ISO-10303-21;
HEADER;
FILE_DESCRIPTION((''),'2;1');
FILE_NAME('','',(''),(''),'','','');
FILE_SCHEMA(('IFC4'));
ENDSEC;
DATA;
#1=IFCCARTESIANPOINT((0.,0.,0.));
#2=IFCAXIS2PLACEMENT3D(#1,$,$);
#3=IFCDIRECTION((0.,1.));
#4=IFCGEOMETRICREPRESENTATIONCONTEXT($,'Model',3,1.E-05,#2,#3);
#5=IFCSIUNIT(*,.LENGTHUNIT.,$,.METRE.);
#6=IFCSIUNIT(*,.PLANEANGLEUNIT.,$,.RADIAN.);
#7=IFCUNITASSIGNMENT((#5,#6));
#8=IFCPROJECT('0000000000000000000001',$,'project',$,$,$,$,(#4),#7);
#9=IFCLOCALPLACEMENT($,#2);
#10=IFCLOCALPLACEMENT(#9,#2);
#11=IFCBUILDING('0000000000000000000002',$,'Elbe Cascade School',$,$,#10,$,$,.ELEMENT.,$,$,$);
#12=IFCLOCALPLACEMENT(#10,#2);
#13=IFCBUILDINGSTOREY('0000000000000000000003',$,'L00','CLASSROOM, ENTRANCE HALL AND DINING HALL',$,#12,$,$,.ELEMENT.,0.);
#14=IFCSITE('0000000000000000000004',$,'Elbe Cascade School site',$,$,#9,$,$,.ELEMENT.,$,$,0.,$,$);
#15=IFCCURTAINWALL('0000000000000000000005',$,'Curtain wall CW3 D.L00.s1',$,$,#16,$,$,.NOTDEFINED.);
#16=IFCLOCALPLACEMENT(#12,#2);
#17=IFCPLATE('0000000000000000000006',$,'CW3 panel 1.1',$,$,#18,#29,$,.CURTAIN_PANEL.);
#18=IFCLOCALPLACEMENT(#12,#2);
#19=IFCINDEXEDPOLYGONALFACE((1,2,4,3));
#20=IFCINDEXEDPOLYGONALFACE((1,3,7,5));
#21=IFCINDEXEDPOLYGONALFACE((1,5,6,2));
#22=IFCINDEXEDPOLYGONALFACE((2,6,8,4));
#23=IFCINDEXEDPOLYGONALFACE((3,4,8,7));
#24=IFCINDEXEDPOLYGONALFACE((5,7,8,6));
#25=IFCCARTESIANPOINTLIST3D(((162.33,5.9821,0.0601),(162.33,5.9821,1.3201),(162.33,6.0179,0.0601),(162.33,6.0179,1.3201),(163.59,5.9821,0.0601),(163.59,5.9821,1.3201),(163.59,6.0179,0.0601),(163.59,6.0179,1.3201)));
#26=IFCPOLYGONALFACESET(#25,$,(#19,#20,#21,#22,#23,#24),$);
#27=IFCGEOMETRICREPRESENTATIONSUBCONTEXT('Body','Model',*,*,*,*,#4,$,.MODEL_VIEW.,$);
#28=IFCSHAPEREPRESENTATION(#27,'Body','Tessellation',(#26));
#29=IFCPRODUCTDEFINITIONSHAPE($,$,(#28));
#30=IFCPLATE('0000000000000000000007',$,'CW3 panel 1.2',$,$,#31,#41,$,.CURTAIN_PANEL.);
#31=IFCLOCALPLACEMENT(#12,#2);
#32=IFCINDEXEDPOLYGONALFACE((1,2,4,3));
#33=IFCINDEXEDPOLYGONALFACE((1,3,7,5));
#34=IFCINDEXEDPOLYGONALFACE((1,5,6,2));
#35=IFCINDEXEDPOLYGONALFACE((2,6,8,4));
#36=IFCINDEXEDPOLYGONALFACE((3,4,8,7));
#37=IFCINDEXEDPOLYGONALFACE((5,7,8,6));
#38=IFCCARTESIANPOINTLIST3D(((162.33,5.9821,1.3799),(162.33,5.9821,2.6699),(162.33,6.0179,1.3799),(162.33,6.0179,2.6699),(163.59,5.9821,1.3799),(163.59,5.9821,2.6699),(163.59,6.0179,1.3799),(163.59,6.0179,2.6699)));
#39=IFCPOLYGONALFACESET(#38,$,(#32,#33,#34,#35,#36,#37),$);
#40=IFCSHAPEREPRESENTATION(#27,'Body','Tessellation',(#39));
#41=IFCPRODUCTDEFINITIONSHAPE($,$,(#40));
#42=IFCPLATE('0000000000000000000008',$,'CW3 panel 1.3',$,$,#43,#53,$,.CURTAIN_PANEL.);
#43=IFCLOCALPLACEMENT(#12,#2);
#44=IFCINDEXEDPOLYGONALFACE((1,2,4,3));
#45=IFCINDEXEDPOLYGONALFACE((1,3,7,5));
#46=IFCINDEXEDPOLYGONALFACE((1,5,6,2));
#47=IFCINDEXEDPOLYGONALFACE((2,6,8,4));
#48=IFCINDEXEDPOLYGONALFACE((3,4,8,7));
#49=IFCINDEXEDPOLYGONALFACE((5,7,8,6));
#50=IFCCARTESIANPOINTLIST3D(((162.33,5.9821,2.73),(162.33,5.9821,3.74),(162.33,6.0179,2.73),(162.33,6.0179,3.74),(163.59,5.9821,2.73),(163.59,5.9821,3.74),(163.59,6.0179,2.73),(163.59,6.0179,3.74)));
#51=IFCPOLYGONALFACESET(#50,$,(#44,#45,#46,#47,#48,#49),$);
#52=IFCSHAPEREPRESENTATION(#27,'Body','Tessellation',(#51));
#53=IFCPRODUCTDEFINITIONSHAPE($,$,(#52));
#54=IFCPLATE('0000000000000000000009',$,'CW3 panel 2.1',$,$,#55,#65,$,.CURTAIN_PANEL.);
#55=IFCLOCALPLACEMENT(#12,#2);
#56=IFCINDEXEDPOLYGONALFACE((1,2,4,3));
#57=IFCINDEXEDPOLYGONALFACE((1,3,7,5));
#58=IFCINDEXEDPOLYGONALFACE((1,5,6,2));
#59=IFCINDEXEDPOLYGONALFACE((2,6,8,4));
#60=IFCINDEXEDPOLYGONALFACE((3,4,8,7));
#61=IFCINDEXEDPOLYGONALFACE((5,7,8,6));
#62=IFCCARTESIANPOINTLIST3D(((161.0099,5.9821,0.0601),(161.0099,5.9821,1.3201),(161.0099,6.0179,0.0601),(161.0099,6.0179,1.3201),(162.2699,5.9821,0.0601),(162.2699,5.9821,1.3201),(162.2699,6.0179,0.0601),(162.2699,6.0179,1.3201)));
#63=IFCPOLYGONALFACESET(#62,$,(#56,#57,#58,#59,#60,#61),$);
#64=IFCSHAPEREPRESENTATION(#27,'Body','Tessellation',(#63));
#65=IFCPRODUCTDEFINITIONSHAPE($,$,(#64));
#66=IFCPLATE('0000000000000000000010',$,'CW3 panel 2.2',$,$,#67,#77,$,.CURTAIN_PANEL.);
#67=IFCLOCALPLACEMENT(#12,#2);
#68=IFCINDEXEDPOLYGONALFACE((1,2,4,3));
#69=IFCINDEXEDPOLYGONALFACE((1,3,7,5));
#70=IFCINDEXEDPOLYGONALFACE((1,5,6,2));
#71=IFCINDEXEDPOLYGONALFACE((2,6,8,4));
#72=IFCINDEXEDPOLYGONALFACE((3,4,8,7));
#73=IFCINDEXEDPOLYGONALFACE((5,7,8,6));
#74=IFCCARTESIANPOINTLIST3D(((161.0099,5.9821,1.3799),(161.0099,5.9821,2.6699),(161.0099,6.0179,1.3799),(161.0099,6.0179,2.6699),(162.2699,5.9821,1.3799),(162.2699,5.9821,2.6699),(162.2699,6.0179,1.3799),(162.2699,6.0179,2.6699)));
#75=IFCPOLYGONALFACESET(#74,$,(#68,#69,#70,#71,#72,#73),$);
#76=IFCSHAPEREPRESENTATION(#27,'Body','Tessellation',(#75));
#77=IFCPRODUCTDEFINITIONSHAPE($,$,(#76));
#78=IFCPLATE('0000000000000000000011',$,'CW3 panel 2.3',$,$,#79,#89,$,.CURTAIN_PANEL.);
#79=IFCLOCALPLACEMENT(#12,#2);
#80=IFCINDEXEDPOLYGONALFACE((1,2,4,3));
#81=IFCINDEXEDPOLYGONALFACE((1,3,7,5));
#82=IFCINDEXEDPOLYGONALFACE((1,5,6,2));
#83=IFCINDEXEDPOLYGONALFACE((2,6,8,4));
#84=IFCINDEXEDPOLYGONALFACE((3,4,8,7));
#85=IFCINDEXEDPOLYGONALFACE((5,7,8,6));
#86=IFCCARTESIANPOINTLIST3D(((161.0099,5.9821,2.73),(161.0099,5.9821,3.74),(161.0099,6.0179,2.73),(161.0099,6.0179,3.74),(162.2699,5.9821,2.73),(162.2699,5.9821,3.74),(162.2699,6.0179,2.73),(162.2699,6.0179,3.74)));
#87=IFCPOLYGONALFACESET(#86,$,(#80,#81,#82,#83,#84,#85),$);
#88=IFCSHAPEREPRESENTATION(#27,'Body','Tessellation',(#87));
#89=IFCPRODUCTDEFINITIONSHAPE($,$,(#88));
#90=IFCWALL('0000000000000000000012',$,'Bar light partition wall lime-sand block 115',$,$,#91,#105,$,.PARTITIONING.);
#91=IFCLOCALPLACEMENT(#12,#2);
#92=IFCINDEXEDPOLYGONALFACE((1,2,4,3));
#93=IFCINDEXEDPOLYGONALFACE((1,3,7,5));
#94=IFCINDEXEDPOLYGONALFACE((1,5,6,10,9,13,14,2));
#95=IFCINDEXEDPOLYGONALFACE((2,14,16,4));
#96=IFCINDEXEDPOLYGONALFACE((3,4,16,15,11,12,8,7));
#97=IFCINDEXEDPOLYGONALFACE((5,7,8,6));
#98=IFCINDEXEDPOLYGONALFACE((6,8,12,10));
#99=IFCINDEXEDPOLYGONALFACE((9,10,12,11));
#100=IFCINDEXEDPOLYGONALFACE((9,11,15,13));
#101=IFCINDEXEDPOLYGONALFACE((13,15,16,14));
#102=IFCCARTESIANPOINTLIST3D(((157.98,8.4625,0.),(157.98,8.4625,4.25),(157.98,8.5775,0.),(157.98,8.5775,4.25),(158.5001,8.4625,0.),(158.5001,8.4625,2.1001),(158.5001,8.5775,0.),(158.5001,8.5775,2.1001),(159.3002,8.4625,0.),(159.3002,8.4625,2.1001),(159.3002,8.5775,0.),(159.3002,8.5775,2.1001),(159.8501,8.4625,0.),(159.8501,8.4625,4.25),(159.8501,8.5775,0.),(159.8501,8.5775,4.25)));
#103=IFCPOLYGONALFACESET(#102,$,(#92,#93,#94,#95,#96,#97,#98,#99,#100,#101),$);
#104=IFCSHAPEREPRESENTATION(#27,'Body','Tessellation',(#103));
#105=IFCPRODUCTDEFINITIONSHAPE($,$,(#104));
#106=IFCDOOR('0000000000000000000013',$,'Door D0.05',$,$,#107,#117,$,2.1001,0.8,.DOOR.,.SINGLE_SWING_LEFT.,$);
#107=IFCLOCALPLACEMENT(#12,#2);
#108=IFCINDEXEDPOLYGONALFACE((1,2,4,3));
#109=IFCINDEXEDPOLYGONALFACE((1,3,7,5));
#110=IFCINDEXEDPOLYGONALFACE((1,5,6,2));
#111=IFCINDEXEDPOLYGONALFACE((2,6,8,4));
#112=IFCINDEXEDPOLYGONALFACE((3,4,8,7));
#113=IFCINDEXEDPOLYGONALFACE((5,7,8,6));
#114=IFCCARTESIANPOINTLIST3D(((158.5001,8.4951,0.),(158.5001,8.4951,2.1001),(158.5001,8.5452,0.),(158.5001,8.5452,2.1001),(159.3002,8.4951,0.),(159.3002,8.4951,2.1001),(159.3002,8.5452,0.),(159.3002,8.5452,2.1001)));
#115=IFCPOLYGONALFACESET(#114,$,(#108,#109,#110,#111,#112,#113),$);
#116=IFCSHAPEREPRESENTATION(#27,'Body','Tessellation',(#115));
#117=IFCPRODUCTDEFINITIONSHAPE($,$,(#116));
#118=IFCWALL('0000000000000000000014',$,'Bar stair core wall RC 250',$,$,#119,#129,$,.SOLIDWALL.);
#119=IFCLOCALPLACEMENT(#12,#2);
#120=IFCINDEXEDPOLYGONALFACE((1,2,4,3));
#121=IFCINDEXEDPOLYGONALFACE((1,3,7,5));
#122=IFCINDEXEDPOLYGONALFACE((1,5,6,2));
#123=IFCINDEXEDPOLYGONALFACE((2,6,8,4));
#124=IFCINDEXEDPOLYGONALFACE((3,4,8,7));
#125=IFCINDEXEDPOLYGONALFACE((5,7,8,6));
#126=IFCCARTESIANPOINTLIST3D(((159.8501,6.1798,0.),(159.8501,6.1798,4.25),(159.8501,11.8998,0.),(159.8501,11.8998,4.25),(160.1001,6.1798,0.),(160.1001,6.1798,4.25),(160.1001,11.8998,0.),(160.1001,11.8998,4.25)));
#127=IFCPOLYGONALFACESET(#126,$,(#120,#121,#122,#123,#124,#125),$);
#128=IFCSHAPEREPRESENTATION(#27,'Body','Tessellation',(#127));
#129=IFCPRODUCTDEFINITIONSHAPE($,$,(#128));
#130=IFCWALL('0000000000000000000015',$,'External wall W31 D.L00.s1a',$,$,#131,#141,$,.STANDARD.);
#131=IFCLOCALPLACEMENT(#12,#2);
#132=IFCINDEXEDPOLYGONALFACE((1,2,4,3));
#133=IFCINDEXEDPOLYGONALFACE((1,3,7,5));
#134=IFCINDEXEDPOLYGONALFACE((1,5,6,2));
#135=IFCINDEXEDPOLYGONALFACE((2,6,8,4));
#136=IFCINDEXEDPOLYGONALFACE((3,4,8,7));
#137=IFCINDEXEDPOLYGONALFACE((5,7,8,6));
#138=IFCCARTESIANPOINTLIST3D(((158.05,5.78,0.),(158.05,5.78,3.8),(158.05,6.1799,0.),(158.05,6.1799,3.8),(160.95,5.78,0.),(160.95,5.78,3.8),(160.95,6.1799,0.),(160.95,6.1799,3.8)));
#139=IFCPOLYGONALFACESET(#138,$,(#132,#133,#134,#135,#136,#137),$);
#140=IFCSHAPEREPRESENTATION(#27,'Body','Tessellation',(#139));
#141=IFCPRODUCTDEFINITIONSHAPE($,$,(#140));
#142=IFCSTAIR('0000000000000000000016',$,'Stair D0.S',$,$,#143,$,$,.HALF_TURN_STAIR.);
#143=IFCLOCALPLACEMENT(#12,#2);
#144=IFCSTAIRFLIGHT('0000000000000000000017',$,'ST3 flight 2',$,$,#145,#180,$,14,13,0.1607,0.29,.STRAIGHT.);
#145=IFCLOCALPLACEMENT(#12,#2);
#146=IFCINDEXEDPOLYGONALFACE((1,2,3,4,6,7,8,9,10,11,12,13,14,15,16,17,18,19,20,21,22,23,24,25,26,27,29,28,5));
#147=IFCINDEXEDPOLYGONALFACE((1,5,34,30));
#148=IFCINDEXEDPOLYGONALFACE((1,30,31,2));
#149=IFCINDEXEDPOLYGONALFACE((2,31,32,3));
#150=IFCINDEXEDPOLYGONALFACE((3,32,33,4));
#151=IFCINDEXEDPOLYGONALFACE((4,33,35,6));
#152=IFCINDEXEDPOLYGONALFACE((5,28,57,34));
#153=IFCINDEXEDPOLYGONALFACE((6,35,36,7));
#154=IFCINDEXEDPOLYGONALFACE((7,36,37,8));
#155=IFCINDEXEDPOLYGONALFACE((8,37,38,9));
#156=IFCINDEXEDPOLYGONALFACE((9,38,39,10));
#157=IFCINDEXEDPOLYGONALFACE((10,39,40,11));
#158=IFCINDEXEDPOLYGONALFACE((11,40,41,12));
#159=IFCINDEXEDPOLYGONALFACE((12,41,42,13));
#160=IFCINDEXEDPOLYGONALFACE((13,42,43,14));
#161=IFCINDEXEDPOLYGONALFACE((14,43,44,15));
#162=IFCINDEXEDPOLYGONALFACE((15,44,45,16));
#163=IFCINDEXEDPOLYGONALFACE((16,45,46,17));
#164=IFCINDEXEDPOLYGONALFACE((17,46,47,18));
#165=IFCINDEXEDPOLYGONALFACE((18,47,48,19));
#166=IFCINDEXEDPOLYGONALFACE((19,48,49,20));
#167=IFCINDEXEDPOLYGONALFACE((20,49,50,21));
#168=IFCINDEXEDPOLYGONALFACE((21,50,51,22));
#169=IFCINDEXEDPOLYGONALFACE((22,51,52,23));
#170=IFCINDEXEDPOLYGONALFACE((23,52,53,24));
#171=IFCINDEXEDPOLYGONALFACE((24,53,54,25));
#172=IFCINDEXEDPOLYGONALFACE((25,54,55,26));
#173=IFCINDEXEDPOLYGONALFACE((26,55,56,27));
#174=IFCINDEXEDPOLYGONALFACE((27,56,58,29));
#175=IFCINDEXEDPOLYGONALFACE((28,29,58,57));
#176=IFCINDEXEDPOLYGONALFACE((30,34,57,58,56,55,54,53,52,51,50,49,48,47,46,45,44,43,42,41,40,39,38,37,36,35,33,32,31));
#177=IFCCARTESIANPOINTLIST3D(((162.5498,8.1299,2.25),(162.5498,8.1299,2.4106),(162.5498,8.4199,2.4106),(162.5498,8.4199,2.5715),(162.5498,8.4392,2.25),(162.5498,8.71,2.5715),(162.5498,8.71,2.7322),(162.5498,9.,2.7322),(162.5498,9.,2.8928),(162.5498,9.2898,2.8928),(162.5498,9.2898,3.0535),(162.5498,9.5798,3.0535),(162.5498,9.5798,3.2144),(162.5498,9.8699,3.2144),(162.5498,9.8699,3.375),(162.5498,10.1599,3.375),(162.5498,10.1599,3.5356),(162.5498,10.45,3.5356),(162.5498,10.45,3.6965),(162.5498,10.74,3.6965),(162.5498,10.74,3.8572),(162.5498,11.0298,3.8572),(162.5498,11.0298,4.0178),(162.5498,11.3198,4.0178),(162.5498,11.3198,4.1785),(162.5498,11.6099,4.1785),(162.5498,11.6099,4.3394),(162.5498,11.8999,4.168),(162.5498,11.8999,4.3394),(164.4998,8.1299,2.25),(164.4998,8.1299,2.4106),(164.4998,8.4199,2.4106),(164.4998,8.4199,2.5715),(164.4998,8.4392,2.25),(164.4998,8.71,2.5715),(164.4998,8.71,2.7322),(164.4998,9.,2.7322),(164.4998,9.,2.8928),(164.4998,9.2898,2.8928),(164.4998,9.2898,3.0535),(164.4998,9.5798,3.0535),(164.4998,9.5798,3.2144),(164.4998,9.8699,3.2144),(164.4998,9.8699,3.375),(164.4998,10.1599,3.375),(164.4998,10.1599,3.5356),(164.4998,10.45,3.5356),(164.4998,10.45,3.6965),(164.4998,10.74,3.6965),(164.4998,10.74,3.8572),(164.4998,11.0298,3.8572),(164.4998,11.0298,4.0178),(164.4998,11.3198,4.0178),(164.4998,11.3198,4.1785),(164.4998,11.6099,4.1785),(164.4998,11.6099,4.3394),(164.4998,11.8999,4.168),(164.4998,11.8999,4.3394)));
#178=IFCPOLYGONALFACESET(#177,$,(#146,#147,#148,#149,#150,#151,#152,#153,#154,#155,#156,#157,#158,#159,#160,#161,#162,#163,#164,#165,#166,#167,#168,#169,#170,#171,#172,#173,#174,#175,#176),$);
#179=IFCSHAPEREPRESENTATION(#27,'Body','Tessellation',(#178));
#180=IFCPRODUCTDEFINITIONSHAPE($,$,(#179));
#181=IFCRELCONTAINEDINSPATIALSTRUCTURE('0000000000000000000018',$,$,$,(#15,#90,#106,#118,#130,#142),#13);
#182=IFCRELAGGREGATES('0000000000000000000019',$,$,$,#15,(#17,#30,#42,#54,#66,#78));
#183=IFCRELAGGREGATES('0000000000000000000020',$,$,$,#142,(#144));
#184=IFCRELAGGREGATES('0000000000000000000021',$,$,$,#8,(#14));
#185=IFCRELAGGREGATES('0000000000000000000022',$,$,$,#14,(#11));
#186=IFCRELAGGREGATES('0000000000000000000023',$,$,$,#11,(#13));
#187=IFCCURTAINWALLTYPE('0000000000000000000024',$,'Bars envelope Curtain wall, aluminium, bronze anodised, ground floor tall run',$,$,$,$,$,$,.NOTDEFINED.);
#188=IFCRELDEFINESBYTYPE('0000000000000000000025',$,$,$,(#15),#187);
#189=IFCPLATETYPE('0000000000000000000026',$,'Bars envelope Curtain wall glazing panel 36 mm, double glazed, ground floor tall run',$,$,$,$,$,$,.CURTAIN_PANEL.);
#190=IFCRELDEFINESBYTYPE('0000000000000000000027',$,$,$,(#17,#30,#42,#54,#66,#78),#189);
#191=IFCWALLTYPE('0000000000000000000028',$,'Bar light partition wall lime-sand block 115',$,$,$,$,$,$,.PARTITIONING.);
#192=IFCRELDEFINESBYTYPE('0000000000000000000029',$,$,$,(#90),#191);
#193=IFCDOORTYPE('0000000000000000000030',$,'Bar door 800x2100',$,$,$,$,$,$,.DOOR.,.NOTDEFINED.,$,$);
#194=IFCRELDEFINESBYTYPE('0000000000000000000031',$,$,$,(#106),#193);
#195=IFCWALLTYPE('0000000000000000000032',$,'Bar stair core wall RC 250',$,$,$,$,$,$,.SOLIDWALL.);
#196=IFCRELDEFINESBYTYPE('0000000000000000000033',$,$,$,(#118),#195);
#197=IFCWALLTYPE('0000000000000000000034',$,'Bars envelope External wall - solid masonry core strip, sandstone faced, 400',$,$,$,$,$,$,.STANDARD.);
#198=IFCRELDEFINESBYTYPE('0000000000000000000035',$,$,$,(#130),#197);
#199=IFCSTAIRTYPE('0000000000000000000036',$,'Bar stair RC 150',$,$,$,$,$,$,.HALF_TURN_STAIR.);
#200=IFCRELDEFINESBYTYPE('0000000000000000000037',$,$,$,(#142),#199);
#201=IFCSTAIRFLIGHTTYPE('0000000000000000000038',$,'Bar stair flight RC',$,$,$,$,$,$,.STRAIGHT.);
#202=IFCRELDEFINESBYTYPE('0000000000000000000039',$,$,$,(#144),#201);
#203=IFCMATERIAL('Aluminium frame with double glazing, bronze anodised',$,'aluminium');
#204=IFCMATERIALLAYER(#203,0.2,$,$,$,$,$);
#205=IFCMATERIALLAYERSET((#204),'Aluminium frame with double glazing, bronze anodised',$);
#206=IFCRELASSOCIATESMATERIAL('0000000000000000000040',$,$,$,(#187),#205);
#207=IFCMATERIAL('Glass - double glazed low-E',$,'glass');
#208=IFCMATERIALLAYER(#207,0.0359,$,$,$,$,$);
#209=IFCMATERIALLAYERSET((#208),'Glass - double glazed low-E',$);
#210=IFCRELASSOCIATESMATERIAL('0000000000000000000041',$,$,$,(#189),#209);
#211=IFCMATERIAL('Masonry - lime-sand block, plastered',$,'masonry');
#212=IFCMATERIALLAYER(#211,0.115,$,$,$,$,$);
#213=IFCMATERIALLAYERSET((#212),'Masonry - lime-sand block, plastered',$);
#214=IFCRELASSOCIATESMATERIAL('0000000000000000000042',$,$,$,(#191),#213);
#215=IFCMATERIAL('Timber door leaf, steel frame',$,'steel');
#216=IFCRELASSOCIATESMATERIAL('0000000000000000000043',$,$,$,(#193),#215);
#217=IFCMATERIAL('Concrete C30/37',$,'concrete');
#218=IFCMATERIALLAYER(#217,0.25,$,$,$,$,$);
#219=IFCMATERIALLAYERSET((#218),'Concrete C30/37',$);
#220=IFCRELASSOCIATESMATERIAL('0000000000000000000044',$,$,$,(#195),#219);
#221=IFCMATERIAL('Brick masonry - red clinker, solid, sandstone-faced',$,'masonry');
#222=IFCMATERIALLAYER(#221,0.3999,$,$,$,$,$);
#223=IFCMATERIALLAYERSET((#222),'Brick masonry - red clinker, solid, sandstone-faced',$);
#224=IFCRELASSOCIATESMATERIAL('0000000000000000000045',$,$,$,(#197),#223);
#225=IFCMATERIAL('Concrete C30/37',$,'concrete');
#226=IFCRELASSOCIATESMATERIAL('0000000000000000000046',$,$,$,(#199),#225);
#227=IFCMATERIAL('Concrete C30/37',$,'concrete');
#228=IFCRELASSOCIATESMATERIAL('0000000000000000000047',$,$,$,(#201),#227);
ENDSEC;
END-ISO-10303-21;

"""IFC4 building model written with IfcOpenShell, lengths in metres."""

from ifc_helpers import new_model, si_unit, direction, frame, frame_2d, origin, origin_2d, place, context, subcontext, project, spatial, polyline, rectangle, outline, extrude, material, layer, layer_set, type_object, element, fill, aggregate, save


model = new_model("IFC4")

# Units and contexts
model_context = context("Model", 3, precision=1e-05, world=origin(), true_north=direction((0.0, 1.0)))
body_context = subcontext(model_context, "Body", "Model", "MODEL_VIEW")
ifc_project = project(units=[si_unit("LENGTHUNIT", "METRE"), si_unit("PLANEANGLEUNIT", "RADIAN")], contexts=[model_context])

# Site, building, storey
site_placement = place(None, origin())
site = spatial("IfcSite", under=ifc_project, at=site_placement, Name="Elbe Cascade School site", CompositionType="ELEMENT", RefElevation=0.0)
building_placement = place(site_placement, origin())
building = spatial("IfcBuilding", under=site, at=building_placement, Name="Elbe Cascade School", CompositionType="ELEMENT")
storey_placement = place(building_placement, origin())
storey = spatial("IfcBuildingStorey", under=building, at=storey_placement, Name="L00", Description="CLASSROOM, ENTRANCE HALL AND DINING HALL", CompositionType="ELEMENT", Elevation=0.0)

# Curtain wall
ifc_material_1 = material(Name="Aluminium frame with double glazing, bronze anodised", Category="aluminium")
ifc_layer_1 = layer(ifc_material_1, 0.2)
ifc_layer_set_1 = layer_set([ifc_layer_1], Name="Aluminium frame with double glazing, bronze anodised")
curtain_wall_type = type_object("IfcCurtainWallType", Name="Bars envelope Curtain wall, aluminium, bronze anodised, ground floor tall run", PredefinedType="NOTDEFINED", material=ifc_layer_set_1)
curtain_wall_placement = place(storey_placement, origin())
curtain_wall = element("IfcCurtainWall", 1, at=curtain_wall_placement, inside=storey, type_object=curtain_wall_type, Name="Curtain wall CW3 D.L00.s1", PredefinedType="NOTDEFINED")

# Plates
ifc_material_2 = material(Name="Glass - double glazed low-E", Category="glass")
ifc_layer_2 = layer(ifc_material_2, 0.0359)
ifc_layer_set_2 = layer_set([ifc_layer_2], Name="Glass - double glazed low-E")
plate_type = type_object("IfcPlateType", Name="Bars envelope Curtain wall glazing panel 36 mm, double glazed, ground floor tall run", PredefinedType="CURTAIN_PANEL", material=ifc_layer_set_2)
plate_1_placement = place(storey_placement, frame((162.96, 6.0, 0.0601), z_axis=(0.0, 0.0, 1.0), x_axis=(-1.0, 0.0, 0.0)))
plate_1 = element("IfcPlate", 2, at=plate_1_placement, type_object=plate_type, Name="CW3 panel 1.1", PredefinedType="CURTAIN_PANEL", context=body_context, shape_type="SweptSolid", body=[
    extrude(rectangle(XDim=1.26, YDim=0.0359, at=origin_2d()), origin(), (0.0, 0.0, 1.0), 1.26),
])
plate_2_placement = place(storey_placement, frame((162.96, 6.0, 1.3799), z_axis=(0.0, 0.0, 1.0), x_axis=(-1.0, 0.0, 0.0)))
plate_2 = element("IfcPlate", 3, at=plate_2_placement, type_object=plate_type, Name="CW3 panel 1.2", PredefinedType="CURTAIN_PANEL", context=body_context, shape_type="SweptSolid", body=[
    extrude(rectangle(XDim=1.26, YDim=0.0359, at=origin_2d()), origin(), (0.0, 0.0, 1.0), 1.29),
])
plate_3_placement = place(storey_placement, frame((162.96, 6.0, 2.73), z_axis=(0.0, 0.0, 1.0), x_axis=(-1.0, 0.0, 0.0)))
plate_3 = element("IfcPlate", 4, at=plate_3_placement, type_object=plate_type, Name="CW3 panel 1.3", PredefinedType="CURTAIN_PANEL", context=body_context, shape_type="SweptSolid", body=[
    extrude(rectangle(XDim=1.26, YDim=0.0359, at=origin_2d()), origin(), (0.0, 0.0, 1.0), 1.01),
])
plate_4_placement = place(storey_placement, frame((161.6399, 6.0, 0.0601), z_axis=(0.0, 0.0, 1.0), x_axis=(-1.0, 0.0, 0.0)))
plate_4 = element("IfcPlate", 5, at=plate_4_placement, type_object=plate_type, Name="CW3 panel 2.1", PredefinedType="CURTAIN_PANEL", context=body_context, shape_type="SweptSolid", body=[
    extrude(rectangle(XDim=1.26, YDim=0.0359, at=origin_2d()), origin(), (0.0, 0.0, 1.0), 1.26),
])
plate_5_placement = place(storey_placement, frame((161.6399, 6.0, 1.3799), z_axis=(0.0, 0.0, 1.0), x_axis=(-1.0, 0.0, 0.0)))
plate_5 = element("IfcPlate", 6, at=plate_5_placement, type_object=plate_type, Name="CW3 panel 2.2", PredefinedType="CURTAIN_PANEL", context=body_context, shape_type="SweptSolid", body=[
    extrude(rectangle(XDim=1.26, YDim=0.0359, at=origin_2d()), origin(), (0.0, 0.0, 1.0), 1.29),
])
plate_6_placement = place(storey_placement, frame((161.6399, 6.0, 2.73), z_axis=(0.0, 0.0, 1.0), x_axis=(-1.0, 0.0, 0.0)))
plate_6 = element("IfcPlate", 7, at=plate_6_placement, type_object=plate_type, Name="CW3 panel 2.3", PredefinedType="CURTAIN_PANEL", context=body_context, shape_type="SweptSolid", body=[
    extrude(rectangle(XDim=1.26, YDim=0.0359, at=origin_2d()), origin(), (0.0, 0.0, 1.0), 1.01),
])
aggregate(curtain_wall, [plate_1, plate_2, plate_3, plate_4, plate_5, plate_6])

# Wall, opening, door
ifc_material_3 = material(Name="Masonry - lime-sand block, plastered", Category="masonry")
ifc_layer_3 = layer(ifc_material_3, 0.115)
ifc_layer_set_3 = layer_set([ifc_layer_3], Name="Masonry - lime-sand block, plastered")
wall_type_1 = type_object("IfcWallType", Name="Bar light partition wall lime-sand block 115", PredefinedType="PARTITIONING", material=ifc_layer_set_3)
wall_1_placement = place(storey_placement, frame((159.8501, 8.52, 0.0), z_axis=(0.0, 0.0, 1.0), x_axis=(-1.0, 0.0, 0.0)))
wall_1 = element("IfcWall", 8, at=wall_1_placement, inside=storey, type_object=wall_type_1, Name="Bar light partition wall lime-sand block 115", PredefinedType="PARTITIONING", context=body_context, shape_type="SweptSolid", body=[
    extrude(rectangle(XDim=1.8701, YDim=0.115, at=frame_2d((0.9351, 0.0))), origin(), (0.0, 0.0, 1.0), 4.25),
])
opening_placement = place(wall_1_placement, frame((0.55, 0.0, 0.0)))
opening = element("IfcOpeningElement", 9, at=opening_placement, cuts=wall_1, PredefinedType="OPENING", context=body_context, shape_type="SweptSolid", body=[
    extrude(rectangle(XDim=0.8, YDim=2.1001, at=frame_2d((0.3999, 1.05))), frame((0.0, 0.0674, 0.0), z_axis=(0.0, -1.0, 0.0), x_axis=(1.0, 0.0, 0.0)), (0.0, 0.0, 1.0), 0.135),
])
ifc_material_4 = material(Name="Timber door leaf, steel frame", Category="steel")
door_type = type_object("IfcDoorType", Name="Bar door 800x2100", OperationType="NOTDEFINED", PredefinedType="DOOR", material=ifc_material_4)
door_placement = place(opening_placement, origin())
door = element("IfcDoor", 10, at=door_placement, inside=storey, type_object=door_type, Name="Door D0.05", OperationType="SINGLE_SWING_LEFT", OverallHeight=2.1001, OverallWidth=0.8, PredefinedType="DOOR", context=body_context, shape_type="SweptSolid", body=[
    extrude(rectangle(XDim=0.8, YDim=2.1001, at=frame_2d((0.3999, 1.05))), frame((0.0, 0.0249, 0.0), z_axis=(0.0, -1.0, 0.0), x_axis=(1.0, 0.0, 0.0)), (0.0, 0.0, 1.0), 0.05),
])
fill(opening, door)

# Walls
ifc_material_5 = material(Name="Concrete C30/37", Category="concrete")
ifc_layer_4 = layer(ifc_material_5, 0.25)
ifc_layer_set_4 = layer_set([ifc_layer_4], Name="Concrete C30/37")
wall_type_2 = type_object("IfcWallType", Name="Bar stair core wall RC 250", PredefinedType="SOLIDWALL", material=ifc_layer_set_4)
wall_2_placement = place(storey_placement, frame((159.9751, 6.1799, 0.0), z_axis=(0.0, 0.0, 1.0), x_axis=(0.0, 1.0, 0.0)))
element("IfcWall", 11, at=wall_2_placement, inside=storey, type_object=wall_type_2, Name="Bar stair core wall RC 250", PredefinedType="SOLIDWALL", context=body_context, shape_type="SweptSolid", body=[
    extrude(rectangle(XDim=5.72, YDim=0.25, at=frame_2d((2.8599, 0.0))), origin(), (0.0, 0.0, 1.0), 4.25),
])
ifc_material_6 = material(Name="Brick masonry - red clinker, solid, sandstone-faced", Category="masonry")
ifc_layer_5 = layer(ifc_material_6, 0.3999)
ifc_layer_set_5 = layer_set([ifc_layer_5], Name="Brick masonry - red clinker, solid, sandstone-faced")
wall_type_3 = type_object("IfcWallType", Name="Bars envelope External wall - solid masonry core strip, sandstone faced, 400", PredefinedType="STANDARD", material=ifc_layer_set_5)
wall_3_placement = place(storey_placement, frame((160.95, 5.98, 0.0), z_axis=(0.0, 0.0, 1.0), x_axis=(-1.0, 0.0, 0.0)))
element("IfcWall", 12, at=wall_3_placement, inside=storey, type_object=wall_type_3, Name="External wall W31 D.L00.s1a", PredefinedType="STANDARD", context=body_context, shape_type="SweptSolid", body=[
    extrude(rectangle(XDim=2.8999, YDim=0.3999, at=frame_2d((1.45, 0.0))), origin(), (0.0, 0.0, 1.0), 3.8),
])

# Stair, stair flight
ifc_material_7 = material(Name="Concrete C30/37", Category="concrete")
stair_type = type_object("IfcStairType", Name="Bar stair RC 150", PredefinedType="HALF_TURN_STAIR", material=ifc_material_7)
stair_placement = place(storey_placement, origin())
stair = element("IfcStair", 13, at=stair_placement, inside=storey, type_object=stair_type, Name="Stair D0.S", PredefinedType="HALF_TURN_STAIR")
ifc_material_8 = material(Name="Concrete C30/37", Category="concrete")
stair_flight_type = type_object("IfcStairFlightType", Name="Bar stair flight RC", PredefinedType="STRAIGHT", material=ifc_material_8)
stair_flight_placement = place(storey_placement, frame((163.5249, 8.1299, 2.25), z_axis=(0.0, 0.0, 1.0), x_axis=(0.0, 1.0, 0.0)))
stair_flight = element("IfcStairFlight", 14, at=stair_flight_placement, type_object=stair_flight_type, Name="ST3 flight 2", NumberOfRisers=14, NumberOfTreads=13, PredefinedType="STRAIGHT", RiserHeight=0.1607, TreadLength=0.29, context=body_context, shape_type="SweptSolid", body=[
    extrude(outline(polyline([(0.0, 0.0), (0.0, 0.1606), (0.29, 0.1606), (0.29, 0.3215), (0.5801, 0.3215), (0.5801, 0.4822), (0.8701, 0.4822), (0.8701, 0.6428), (1.1599, 0.6428), (1.1599, 0.8035), (1.45, 0.8035), (1.45, 0.9644), (1.74, 0.9644), (1.74, 1.125), (2.03, 1.125), (2.03, 1.2856), (2.3201, 1.2856), (2.3201, 1.4465), (2.6101, 1.4465), (2.6101, 1.6072), (2.8999, 1.6072), (2.8999, 1.7678), (3.1899, 1.7678), (3.1899, 1.9285), (3.48, 1.9285), (3.48, 2.0894), (3.77, 2.0894), (3.77, 2.25), (3.77, 1.918), (0.3093, 0.0), (0.0, 0.0)])), frame((0.0, 0.9751, 0.0), z_axis=(0.0, -1.0, 0.0), x_axis=(1.0, 0.0, 0.0)), (0.0, 0.0, 1.0), 1.95),
])
aggregate(stair, [stair_flight])

save(model, "model.ifc")
